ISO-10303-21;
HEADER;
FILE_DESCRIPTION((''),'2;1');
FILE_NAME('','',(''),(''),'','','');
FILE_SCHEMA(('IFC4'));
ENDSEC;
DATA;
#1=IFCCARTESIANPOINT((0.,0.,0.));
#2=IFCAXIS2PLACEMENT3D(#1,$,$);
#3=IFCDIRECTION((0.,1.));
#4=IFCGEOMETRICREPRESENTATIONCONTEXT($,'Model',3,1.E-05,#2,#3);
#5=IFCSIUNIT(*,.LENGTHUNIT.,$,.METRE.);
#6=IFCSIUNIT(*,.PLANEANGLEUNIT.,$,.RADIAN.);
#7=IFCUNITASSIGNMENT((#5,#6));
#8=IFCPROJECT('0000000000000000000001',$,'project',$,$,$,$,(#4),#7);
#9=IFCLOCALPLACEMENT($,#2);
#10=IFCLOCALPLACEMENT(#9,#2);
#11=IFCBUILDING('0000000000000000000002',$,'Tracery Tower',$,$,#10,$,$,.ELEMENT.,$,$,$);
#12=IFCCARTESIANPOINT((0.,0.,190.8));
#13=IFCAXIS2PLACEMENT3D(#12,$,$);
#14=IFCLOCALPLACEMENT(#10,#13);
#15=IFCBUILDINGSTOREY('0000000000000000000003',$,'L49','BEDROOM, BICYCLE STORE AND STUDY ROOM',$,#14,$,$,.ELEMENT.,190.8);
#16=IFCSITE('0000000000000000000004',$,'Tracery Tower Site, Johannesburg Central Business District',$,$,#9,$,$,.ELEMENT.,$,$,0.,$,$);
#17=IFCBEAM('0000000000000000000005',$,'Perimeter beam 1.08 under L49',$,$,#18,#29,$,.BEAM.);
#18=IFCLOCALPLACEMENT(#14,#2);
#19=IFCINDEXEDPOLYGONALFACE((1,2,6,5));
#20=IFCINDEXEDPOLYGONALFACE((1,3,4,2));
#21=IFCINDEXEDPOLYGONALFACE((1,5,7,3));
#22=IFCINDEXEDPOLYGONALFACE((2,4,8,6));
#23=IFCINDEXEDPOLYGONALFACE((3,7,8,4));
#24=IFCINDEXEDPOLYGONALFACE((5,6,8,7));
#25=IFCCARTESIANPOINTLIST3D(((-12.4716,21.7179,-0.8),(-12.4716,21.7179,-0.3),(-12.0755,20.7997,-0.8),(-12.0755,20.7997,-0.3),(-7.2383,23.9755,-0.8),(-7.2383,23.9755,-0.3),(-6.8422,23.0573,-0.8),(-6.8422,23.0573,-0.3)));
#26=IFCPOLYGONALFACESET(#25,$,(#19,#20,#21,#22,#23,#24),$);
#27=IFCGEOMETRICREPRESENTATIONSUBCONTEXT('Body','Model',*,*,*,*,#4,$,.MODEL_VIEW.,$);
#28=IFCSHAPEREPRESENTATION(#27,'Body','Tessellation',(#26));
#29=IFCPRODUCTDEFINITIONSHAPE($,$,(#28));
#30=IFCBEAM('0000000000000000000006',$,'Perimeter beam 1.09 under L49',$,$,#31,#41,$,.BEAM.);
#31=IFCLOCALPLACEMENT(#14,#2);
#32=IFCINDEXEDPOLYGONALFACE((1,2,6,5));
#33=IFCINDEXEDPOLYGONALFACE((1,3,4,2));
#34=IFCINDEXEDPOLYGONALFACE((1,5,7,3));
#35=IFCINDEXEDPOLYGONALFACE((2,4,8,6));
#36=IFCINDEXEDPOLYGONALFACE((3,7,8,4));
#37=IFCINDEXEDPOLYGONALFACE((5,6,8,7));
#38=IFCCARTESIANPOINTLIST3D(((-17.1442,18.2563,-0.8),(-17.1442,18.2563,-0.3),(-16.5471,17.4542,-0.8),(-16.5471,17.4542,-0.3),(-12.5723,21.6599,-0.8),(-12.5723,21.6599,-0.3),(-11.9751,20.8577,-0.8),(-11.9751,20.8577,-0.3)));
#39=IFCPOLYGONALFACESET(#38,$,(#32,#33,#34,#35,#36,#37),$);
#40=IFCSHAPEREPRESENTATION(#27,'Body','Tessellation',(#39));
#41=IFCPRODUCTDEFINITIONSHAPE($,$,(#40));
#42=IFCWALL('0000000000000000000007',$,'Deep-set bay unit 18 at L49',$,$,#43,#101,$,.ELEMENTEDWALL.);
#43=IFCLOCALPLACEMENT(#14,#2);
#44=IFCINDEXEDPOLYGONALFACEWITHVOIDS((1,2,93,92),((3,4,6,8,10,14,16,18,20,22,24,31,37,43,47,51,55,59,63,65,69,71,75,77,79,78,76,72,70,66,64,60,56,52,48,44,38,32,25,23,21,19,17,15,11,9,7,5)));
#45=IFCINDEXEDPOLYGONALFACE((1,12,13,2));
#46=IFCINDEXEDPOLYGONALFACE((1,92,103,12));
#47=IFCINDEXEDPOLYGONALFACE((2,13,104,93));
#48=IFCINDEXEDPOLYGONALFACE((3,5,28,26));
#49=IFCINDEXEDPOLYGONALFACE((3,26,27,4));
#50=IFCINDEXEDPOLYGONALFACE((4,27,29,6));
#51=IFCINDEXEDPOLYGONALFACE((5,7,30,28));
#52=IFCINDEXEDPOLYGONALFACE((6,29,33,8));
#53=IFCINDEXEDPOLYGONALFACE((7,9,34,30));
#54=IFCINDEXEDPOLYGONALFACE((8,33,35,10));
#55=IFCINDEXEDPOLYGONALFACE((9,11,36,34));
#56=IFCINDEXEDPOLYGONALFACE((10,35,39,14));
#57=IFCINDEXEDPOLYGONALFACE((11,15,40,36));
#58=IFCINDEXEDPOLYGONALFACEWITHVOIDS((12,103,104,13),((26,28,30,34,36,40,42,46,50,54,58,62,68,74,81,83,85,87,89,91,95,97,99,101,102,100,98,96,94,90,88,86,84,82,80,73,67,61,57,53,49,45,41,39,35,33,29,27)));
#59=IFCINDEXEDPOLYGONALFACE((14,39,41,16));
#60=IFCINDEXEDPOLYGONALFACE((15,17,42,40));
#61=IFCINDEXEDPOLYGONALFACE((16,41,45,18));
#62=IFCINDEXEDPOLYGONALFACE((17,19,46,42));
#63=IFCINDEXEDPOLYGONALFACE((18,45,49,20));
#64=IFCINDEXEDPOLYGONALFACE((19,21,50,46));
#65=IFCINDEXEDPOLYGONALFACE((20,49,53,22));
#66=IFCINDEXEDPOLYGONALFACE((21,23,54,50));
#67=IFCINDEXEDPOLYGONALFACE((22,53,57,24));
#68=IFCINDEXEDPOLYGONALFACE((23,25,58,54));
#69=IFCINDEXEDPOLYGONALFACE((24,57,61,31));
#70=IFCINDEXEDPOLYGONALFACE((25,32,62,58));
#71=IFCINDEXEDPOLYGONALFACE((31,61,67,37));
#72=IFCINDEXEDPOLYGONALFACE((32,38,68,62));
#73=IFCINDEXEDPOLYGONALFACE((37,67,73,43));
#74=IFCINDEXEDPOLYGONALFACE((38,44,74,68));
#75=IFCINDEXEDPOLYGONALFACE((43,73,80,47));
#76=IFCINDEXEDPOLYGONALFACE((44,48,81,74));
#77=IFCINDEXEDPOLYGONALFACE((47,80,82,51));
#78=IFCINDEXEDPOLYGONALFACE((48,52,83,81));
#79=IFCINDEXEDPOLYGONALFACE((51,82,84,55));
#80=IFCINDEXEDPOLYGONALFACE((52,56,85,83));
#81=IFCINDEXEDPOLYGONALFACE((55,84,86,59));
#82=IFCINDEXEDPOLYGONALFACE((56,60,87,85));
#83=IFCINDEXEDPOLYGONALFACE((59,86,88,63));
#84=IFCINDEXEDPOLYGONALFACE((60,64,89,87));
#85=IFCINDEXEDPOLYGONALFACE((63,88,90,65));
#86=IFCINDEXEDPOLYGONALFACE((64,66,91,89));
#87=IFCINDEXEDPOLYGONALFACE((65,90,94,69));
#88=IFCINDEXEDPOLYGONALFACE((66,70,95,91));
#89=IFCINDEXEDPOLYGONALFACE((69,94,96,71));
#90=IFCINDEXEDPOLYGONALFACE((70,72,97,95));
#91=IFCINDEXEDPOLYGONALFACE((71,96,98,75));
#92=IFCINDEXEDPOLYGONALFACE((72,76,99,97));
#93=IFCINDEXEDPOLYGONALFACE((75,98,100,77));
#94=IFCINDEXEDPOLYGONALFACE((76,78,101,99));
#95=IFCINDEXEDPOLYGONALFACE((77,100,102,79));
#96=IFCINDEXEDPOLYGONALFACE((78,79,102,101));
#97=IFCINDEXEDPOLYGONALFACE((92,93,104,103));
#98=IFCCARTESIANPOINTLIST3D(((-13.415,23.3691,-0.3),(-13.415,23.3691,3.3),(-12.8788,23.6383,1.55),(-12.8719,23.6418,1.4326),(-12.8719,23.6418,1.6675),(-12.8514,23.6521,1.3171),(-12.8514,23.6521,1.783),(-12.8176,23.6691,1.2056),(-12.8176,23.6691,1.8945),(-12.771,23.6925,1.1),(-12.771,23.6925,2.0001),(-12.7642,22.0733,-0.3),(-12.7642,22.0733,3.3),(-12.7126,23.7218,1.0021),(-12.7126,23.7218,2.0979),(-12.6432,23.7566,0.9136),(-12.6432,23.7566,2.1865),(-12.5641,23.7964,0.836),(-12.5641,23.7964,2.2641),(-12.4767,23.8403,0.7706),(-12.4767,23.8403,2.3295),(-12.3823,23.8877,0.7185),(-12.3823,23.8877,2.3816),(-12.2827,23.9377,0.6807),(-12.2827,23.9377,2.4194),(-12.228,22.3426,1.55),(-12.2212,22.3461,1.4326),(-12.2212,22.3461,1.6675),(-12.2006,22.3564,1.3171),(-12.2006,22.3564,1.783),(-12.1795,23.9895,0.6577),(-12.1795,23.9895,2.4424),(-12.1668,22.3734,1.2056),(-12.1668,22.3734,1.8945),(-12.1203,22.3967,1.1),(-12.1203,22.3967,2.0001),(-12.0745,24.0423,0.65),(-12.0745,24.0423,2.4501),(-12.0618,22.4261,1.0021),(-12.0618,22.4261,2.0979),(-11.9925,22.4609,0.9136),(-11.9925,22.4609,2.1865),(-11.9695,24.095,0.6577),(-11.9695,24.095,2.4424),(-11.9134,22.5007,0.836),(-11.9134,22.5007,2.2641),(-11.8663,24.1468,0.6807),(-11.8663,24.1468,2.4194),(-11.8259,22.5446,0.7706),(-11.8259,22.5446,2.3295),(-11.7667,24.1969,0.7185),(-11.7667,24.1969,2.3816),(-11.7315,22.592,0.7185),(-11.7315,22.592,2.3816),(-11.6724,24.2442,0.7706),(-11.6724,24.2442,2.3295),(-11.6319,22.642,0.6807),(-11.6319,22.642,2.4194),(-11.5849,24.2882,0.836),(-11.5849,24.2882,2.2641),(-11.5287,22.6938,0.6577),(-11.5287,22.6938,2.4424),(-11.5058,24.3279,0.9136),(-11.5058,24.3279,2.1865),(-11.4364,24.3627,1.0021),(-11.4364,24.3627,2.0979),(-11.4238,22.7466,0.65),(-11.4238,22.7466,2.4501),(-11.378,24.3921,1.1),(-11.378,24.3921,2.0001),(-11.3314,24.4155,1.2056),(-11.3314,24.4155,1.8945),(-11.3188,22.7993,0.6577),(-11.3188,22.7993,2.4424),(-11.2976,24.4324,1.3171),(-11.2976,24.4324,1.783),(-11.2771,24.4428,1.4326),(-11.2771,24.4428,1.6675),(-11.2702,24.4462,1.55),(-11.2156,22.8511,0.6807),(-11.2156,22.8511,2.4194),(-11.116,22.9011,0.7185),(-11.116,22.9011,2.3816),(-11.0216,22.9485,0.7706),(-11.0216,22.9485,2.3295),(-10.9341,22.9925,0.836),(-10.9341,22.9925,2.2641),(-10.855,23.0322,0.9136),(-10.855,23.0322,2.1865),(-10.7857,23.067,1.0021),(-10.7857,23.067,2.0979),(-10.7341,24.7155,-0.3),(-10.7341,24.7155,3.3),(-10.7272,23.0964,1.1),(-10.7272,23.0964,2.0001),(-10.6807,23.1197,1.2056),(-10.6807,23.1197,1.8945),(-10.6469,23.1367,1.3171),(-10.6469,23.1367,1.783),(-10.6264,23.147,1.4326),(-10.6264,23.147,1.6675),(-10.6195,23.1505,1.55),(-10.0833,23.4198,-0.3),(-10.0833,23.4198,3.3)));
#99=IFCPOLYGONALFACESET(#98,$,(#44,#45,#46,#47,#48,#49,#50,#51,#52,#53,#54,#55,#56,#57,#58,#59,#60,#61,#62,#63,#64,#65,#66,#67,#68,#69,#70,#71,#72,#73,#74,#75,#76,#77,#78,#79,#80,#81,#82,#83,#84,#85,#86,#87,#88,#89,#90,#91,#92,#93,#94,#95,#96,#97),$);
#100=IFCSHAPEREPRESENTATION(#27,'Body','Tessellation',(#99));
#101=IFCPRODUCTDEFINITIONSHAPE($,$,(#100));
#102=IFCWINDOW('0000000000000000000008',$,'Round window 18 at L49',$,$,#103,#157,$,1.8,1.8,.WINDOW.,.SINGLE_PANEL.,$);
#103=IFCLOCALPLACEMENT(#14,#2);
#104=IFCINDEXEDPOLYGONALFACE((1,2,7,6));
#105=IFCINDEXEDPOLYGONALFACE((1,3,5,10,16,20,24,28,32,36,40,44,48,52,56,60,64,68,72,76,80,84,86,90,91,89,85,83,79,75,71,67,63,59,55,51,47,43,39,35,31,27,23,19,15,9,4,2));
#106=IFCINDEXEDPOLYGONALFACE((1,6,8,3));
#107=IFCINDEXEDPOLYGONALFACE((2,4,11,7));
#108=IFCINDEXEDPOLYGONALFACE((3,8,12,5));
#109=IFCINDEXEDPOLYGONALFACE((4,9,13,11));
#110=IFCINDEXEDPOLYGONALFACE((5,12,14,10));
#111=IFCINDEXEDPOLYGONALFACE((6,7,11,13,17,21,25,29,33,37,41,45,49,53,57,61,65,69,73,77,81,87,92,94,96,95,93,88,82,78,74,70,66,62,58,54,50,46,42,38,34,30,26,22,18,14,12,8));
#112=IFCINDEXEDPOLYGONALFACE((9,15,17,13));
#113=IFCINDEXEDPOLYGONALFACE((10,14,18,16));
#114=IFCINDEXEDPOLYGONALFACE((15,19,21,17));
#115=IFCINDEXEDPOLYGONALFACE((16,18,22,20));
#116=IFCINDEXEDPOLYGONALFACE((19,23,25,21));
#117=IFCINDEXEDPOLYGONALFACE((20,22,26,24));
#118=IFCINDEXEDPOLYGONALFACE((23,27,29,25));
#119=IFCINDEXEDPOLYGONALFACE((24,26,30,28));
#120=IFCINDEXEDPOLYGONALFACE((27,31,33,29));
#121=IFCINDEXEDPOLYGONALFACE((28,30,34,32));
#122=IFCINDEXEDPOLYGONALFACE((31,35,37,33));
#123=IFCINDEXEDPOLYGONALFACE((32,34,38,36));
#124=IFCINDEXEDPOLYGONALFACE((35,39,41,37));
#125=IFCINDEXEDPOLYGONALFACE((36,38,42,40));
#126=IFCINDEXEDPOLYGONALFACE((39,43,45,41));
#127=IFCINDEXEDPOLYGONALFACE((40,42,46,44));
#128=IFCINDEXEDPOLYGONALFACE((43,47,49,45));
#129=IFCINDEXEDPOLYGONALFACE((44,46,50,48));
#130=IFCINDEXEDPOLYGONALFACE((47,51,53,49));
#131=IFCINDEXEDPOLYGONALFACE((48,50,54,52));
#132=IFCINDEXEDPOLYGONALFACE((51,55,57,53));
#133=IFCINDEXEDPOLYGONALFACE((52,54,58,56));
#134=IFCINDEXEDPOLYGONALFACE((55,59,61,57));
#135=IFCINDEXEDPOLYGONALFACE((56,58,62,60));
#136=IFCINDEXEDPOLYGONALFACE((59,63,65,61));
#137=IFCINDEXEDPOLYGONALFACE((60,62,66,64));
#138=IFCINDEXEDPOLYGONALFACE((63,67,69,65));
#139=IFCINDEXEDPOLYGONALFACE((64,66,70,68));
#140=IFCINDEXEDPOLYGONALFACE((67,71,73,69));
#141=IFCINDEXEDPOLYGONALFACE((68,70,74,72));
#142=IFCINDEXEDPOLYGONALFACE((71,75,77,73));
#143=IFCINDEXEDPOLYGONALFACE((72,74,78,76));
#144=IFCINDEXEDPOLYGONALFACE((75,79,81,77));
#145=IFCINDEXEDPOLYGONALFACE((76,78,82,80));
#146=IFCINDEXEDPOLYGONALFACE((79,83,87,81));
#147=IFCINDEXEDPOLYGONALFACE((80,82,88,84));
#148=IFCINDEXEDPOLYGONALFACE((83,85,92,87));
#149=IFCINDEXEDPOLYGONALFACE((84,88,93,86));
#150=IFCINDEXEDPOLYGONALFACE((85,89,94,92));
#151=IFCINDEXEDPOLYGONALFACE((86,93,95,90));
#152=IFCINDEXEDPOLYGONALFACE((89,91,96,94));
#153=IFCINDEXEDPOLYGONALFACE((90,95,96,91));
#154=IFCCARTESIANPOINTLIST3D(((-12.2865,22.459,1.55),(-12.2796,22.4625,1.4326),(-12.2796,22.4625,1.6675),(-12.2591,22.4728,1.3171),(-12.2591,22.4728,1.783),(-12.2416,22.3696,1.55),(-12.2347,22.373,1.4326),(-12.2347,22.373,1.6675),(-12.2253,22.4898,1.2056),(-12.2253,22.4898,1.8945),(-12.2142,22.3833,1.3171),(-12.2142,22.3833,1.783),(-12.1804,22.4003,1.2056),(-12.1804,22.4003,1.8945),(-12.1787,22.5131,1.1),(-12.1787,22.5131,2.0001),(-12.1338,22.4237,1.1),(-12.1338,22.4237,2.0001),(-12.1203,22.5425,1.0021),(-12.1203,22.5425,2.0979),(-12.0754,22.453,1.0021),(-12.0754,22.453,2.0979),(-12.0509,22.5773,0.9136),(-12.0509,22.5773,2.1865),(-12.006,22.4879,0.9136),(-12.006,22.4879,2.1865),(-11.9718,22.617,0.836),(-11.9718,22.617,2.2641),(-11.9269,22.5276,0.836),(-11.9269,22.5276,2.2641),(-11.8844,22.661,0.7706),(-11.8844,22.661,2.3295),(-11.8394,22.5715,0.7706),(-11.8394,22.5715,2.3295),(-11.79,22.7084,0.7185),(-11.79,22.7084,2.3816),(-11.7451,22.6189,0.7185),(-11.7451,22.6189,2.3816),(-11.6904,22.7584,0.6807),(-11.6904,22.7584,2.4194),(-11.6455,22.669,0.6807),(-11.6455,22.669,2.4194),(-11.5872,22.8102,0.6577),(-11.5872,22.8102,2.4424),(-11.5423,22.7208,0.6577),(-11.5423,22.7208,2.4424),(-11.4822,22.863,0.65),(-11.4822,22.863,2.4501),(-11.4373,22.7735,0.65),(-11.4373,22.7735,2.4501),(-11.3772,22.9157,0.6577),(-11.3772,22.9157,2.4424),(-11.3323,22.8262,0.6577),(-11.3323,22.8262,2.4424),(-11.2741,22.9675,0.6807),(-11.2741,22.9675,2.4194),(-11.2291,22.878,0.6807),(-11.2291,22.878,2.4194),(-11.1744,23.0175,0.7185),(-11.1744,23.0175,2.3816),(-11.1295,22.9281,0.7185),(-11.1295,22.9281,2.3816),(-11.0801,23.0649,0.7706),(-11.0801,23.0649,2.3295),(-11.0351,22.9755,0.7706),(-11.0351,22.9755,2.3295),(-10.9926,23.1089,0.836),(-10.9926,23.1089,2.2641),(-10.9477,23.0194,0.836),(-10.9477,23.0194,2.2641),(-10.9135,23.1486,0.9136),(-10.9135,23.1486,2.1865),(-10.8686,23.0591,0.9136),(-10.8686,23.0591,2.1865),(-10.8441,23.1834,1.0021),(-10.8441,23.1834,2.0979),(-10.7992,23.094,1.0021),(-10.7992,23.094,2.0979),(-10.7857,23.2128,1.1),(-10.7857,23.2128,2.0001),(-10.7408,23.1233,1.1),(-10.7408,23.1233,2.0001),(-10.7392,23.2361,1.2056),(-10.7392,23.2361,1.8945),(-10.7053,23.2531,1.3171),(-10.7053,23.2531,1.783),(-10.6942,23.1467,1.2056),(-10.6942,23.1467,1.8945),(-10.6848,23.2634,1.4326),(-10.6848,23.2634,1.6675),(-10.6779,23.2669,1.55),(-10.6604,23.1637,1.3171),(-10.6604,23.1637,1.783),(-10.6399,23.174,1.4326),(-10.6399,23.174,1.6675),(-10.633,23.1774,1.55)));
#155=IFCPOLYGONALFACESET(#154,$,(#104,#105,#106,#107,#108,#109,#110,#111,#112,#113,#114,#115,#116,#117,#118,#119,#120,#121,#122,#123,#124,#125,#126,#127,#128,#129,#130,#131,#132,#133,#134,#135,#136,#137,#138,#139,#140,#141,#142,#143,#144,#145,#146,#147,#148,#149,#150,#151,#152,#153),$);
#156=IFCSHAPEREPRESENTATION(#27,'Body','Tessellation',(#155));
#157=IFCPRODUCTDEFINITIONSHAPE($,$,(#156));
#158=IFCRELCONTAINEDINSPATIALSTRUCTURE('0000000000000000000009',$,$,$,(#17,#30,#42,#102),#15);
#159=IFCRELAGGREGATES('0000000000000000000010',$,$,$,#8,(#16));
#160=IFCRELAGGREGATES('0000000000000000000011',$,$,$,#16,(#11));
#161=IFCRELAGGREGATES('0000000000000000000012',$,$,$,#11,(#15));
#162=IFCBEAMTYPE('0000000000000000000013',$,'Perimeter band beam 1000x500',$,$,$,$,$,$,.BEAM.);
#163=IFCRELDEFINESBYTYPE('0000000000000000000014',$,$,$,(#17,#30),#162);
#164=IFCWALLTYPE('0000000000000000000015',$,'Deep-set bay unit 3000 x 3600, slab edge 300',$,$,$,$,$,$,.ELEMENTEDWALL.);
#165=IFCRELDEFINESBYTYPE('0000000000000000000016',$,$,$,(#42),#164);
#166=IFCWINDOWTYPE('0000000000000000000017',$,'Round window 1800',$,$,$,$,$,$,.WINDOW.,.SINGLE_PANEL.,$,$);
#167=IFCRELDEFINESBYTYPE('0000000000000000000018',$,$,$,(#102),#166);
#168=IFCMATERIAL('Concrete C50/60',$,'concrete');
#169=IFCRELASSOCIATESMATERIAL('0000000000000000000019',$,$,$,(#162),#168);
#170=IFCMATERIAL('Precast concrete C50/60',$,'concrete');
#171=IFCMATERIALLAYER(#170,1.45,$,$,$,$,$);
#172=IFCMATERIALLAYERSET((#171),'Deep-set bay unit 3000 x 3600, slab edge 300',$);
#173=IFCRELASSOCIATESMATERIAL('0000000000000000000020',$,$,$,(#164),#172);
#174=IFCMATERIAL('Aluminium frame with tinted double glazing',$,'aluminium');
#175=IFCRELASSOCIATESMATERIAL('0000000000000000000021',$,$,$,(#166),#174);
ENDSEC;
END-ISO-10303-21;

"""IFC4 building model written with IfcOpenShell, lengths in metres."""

from ifc_helpers import new_model, si_unit, direction, frame, frame_2d, origin, origin_2d, place, context, subcontext, project, spatial, rectangle, circle, extrude, material, layer, layer_set, material_profile, profile_set, type_object, element, fill, save


model = new_model("IFC4")

# Units and contexts
model_context = context("Model", 3, precision=1e-05, world=origin(), true_north=direction((0.0, 1.0)))
body_context = subcontext(model_context, "Body", "Model", "MODEL_VIEW")
ifc_project = project(units=[si_unit("LENGTHUNIT", "METRE"), si_unit("PLANEANGLEUNIT", "RADIAN")], contexts=[model_context])

# Site, building, storey
site_placement = place(None, origin())
site = spatial("IfcSite", under=ifc_project, at=site_placement, Name="Tracery Tower Site, Johannesburg Central Business District", CompositionType="ELEMENT", RefElevation=0.0)
building_placement = place(site_placement, origin())
building = spatial("IfcBuilding", under=site, at=building_placement, Name="Tracery Tower", CompositionType="ELEMENT")
storey_placement = place(building_placement, frame((0.0, 0.0, 190.8)))
storey = spatial("IfcBuildingStorey", under=building, at=storey_placement, Name="L49", Description="BEDROOM, BICYCLE STORE AND STUDY ROOM", CompositionType="ELEMENT", Elevation=190.8)

# Beams
ifc_material_1 = material(Name="Concrete C50/60", Category="concrete")
ifc_material_profile_1 = material_profile(ifc_material_1, rectangle(XDim=1.0, YDim=0.5, at=origin_2d()), Name="RC 1000x500")
ifc_profile_set_1 = profile_set([ifc_material_profile_1], Name="Concrete C50/60")
beam_type = type_object("IfcBeamType", Name="Perimeter band beam 1000x500", PredefinedType="BEAM", material=ifc_profile_set_1)
beam_1_placement = place(storey_placement, frame((-7.0403, 23.5164, -0.55), z_axis=(-0.91821, -0.396095, 0.0), x_axis=(0.396095, -0.91821, 0.0)))
element("IfcBeam", 1, at=beam_1_placement, inside=storey, type_object=beam_type, Name="Perimeter beam 1.08 under L49", PredefinedType="BEAM", context=body_context, shape_type="SweptSolid", body=[
    extrude(rectangle(XDim=1.0, YDim=0.5, at=origin_2d()), origin(), (0.0, 0.0, 1.0), 5.6995),
])
beam_2_placement = place(storey_placement, frame((-12.2737, 21.2588, -0.55), z_axis=(-0.802138, -0.597138, 0.0), x_axis=(0.597138, -0.802138, 0.0)))
element("IfcBeam", 2, at=beam_2_placement, inside=storey, type_object=beam_type, Name="Perimeter beam 1.09 under L49", PredefinedType="BEAM", context=body_context, shape_type="SweptSolid", body=[
    extrude(rectangle(XDim=1.0, YDim=0.5, at=origin_2d()), origin(), (0.0, 0.0, 1.0), 5.6997),
])

# Wall, opening, window
ifc_material_2 = material(Name="Precast concrete C50/60", Category="concrete")
ifc_layer_1 = layer(ifc_material_2, 1.45)
ifc_layer_set_1 = layer_set([ifc_layer_1], Name="Deep-set bay unit 3000 x 3600, slab edge 300")
wall_type_1 = type_object("IfcWallType", Name="Deep-set bay unit 3000 x 3600, slab edge 300", PredefinedType="ELEMENTEDWALL", material=ifc_layer_set_1)
wall_1_placement = place(storey_placement, frame((-10.4087, 24.0676, -0.3), z_axis=(0.0, 0.0, 1.0), x_axis=(-0.893628, -0.448808, 0.0)))
wall_1 = element("IfcWall", 3, at=wall_1_placement, inside=storey, type_object=wall_type_1, Name="Deep-set bay unit 18 at L49", PredefinedType="ELEMENTEDWALL", context=body_context, shape_type="SweptSolid", body=[
    extrude(rectangle(XDim=3.0, YDim=1.45, at=frame_2d((1.5, 0.0))), origin(), (0.0, 0.0, 1.0), 3.6001),
])
opening_1_placement = place(wall_1_placement, frame((1.5, 0.0, 1.8501)))
opening_1 = element("IfcOpeningElement", 4, at=opening_1_placement, cuts=wall_1, PredefinedType="OPENING", context=body_context, shape_type="SweptSolid", body=[
    extrude(circle(Radius=0.9, at=origin_2d()), frame((0.0, 0.7349, 0.0), z_axis=(0.0, -1.0, 0.0), x_axis=(1.0, 0.0, 0.0)), (0.0, 0.0, 1.0), 1.47),
])
ifc_material_3 = material(Name="Aluminium frame with tinted double glazing", Category="aluminium")
window_type = type_object("IfcWindowType", Name="Round window 1800", PartitioningType="SINGLE_PANEL", PredefinedType="WINDOW", material=ifc_material_3)
window_1_placement = place(opening_1_placement, origin())
window_1 = element("IfcWindow", 5, at=window_1_placement, inside=storey, type_object=window_type, Name="Round window 18 at L49", OverallHeight=1.8, OverallWidth=1.8, PartitioningType="SINGLE_PANEL", PredefinedType="WINDOW", context=body_context, shape_type="SweptSolid", body=[
    extrude(circle(Radius=0.9, at=origin_2d()), frame((0.0, 0.6948, 0.0), z_axis=(0.0, -1.0, 0.0), x_axis=(1.0, 0.0, 0.0)), (0.0, 0.0, 1.0), 0.1001),
])
fill(opening_1, window_1)

save(model, "model.ifc")
